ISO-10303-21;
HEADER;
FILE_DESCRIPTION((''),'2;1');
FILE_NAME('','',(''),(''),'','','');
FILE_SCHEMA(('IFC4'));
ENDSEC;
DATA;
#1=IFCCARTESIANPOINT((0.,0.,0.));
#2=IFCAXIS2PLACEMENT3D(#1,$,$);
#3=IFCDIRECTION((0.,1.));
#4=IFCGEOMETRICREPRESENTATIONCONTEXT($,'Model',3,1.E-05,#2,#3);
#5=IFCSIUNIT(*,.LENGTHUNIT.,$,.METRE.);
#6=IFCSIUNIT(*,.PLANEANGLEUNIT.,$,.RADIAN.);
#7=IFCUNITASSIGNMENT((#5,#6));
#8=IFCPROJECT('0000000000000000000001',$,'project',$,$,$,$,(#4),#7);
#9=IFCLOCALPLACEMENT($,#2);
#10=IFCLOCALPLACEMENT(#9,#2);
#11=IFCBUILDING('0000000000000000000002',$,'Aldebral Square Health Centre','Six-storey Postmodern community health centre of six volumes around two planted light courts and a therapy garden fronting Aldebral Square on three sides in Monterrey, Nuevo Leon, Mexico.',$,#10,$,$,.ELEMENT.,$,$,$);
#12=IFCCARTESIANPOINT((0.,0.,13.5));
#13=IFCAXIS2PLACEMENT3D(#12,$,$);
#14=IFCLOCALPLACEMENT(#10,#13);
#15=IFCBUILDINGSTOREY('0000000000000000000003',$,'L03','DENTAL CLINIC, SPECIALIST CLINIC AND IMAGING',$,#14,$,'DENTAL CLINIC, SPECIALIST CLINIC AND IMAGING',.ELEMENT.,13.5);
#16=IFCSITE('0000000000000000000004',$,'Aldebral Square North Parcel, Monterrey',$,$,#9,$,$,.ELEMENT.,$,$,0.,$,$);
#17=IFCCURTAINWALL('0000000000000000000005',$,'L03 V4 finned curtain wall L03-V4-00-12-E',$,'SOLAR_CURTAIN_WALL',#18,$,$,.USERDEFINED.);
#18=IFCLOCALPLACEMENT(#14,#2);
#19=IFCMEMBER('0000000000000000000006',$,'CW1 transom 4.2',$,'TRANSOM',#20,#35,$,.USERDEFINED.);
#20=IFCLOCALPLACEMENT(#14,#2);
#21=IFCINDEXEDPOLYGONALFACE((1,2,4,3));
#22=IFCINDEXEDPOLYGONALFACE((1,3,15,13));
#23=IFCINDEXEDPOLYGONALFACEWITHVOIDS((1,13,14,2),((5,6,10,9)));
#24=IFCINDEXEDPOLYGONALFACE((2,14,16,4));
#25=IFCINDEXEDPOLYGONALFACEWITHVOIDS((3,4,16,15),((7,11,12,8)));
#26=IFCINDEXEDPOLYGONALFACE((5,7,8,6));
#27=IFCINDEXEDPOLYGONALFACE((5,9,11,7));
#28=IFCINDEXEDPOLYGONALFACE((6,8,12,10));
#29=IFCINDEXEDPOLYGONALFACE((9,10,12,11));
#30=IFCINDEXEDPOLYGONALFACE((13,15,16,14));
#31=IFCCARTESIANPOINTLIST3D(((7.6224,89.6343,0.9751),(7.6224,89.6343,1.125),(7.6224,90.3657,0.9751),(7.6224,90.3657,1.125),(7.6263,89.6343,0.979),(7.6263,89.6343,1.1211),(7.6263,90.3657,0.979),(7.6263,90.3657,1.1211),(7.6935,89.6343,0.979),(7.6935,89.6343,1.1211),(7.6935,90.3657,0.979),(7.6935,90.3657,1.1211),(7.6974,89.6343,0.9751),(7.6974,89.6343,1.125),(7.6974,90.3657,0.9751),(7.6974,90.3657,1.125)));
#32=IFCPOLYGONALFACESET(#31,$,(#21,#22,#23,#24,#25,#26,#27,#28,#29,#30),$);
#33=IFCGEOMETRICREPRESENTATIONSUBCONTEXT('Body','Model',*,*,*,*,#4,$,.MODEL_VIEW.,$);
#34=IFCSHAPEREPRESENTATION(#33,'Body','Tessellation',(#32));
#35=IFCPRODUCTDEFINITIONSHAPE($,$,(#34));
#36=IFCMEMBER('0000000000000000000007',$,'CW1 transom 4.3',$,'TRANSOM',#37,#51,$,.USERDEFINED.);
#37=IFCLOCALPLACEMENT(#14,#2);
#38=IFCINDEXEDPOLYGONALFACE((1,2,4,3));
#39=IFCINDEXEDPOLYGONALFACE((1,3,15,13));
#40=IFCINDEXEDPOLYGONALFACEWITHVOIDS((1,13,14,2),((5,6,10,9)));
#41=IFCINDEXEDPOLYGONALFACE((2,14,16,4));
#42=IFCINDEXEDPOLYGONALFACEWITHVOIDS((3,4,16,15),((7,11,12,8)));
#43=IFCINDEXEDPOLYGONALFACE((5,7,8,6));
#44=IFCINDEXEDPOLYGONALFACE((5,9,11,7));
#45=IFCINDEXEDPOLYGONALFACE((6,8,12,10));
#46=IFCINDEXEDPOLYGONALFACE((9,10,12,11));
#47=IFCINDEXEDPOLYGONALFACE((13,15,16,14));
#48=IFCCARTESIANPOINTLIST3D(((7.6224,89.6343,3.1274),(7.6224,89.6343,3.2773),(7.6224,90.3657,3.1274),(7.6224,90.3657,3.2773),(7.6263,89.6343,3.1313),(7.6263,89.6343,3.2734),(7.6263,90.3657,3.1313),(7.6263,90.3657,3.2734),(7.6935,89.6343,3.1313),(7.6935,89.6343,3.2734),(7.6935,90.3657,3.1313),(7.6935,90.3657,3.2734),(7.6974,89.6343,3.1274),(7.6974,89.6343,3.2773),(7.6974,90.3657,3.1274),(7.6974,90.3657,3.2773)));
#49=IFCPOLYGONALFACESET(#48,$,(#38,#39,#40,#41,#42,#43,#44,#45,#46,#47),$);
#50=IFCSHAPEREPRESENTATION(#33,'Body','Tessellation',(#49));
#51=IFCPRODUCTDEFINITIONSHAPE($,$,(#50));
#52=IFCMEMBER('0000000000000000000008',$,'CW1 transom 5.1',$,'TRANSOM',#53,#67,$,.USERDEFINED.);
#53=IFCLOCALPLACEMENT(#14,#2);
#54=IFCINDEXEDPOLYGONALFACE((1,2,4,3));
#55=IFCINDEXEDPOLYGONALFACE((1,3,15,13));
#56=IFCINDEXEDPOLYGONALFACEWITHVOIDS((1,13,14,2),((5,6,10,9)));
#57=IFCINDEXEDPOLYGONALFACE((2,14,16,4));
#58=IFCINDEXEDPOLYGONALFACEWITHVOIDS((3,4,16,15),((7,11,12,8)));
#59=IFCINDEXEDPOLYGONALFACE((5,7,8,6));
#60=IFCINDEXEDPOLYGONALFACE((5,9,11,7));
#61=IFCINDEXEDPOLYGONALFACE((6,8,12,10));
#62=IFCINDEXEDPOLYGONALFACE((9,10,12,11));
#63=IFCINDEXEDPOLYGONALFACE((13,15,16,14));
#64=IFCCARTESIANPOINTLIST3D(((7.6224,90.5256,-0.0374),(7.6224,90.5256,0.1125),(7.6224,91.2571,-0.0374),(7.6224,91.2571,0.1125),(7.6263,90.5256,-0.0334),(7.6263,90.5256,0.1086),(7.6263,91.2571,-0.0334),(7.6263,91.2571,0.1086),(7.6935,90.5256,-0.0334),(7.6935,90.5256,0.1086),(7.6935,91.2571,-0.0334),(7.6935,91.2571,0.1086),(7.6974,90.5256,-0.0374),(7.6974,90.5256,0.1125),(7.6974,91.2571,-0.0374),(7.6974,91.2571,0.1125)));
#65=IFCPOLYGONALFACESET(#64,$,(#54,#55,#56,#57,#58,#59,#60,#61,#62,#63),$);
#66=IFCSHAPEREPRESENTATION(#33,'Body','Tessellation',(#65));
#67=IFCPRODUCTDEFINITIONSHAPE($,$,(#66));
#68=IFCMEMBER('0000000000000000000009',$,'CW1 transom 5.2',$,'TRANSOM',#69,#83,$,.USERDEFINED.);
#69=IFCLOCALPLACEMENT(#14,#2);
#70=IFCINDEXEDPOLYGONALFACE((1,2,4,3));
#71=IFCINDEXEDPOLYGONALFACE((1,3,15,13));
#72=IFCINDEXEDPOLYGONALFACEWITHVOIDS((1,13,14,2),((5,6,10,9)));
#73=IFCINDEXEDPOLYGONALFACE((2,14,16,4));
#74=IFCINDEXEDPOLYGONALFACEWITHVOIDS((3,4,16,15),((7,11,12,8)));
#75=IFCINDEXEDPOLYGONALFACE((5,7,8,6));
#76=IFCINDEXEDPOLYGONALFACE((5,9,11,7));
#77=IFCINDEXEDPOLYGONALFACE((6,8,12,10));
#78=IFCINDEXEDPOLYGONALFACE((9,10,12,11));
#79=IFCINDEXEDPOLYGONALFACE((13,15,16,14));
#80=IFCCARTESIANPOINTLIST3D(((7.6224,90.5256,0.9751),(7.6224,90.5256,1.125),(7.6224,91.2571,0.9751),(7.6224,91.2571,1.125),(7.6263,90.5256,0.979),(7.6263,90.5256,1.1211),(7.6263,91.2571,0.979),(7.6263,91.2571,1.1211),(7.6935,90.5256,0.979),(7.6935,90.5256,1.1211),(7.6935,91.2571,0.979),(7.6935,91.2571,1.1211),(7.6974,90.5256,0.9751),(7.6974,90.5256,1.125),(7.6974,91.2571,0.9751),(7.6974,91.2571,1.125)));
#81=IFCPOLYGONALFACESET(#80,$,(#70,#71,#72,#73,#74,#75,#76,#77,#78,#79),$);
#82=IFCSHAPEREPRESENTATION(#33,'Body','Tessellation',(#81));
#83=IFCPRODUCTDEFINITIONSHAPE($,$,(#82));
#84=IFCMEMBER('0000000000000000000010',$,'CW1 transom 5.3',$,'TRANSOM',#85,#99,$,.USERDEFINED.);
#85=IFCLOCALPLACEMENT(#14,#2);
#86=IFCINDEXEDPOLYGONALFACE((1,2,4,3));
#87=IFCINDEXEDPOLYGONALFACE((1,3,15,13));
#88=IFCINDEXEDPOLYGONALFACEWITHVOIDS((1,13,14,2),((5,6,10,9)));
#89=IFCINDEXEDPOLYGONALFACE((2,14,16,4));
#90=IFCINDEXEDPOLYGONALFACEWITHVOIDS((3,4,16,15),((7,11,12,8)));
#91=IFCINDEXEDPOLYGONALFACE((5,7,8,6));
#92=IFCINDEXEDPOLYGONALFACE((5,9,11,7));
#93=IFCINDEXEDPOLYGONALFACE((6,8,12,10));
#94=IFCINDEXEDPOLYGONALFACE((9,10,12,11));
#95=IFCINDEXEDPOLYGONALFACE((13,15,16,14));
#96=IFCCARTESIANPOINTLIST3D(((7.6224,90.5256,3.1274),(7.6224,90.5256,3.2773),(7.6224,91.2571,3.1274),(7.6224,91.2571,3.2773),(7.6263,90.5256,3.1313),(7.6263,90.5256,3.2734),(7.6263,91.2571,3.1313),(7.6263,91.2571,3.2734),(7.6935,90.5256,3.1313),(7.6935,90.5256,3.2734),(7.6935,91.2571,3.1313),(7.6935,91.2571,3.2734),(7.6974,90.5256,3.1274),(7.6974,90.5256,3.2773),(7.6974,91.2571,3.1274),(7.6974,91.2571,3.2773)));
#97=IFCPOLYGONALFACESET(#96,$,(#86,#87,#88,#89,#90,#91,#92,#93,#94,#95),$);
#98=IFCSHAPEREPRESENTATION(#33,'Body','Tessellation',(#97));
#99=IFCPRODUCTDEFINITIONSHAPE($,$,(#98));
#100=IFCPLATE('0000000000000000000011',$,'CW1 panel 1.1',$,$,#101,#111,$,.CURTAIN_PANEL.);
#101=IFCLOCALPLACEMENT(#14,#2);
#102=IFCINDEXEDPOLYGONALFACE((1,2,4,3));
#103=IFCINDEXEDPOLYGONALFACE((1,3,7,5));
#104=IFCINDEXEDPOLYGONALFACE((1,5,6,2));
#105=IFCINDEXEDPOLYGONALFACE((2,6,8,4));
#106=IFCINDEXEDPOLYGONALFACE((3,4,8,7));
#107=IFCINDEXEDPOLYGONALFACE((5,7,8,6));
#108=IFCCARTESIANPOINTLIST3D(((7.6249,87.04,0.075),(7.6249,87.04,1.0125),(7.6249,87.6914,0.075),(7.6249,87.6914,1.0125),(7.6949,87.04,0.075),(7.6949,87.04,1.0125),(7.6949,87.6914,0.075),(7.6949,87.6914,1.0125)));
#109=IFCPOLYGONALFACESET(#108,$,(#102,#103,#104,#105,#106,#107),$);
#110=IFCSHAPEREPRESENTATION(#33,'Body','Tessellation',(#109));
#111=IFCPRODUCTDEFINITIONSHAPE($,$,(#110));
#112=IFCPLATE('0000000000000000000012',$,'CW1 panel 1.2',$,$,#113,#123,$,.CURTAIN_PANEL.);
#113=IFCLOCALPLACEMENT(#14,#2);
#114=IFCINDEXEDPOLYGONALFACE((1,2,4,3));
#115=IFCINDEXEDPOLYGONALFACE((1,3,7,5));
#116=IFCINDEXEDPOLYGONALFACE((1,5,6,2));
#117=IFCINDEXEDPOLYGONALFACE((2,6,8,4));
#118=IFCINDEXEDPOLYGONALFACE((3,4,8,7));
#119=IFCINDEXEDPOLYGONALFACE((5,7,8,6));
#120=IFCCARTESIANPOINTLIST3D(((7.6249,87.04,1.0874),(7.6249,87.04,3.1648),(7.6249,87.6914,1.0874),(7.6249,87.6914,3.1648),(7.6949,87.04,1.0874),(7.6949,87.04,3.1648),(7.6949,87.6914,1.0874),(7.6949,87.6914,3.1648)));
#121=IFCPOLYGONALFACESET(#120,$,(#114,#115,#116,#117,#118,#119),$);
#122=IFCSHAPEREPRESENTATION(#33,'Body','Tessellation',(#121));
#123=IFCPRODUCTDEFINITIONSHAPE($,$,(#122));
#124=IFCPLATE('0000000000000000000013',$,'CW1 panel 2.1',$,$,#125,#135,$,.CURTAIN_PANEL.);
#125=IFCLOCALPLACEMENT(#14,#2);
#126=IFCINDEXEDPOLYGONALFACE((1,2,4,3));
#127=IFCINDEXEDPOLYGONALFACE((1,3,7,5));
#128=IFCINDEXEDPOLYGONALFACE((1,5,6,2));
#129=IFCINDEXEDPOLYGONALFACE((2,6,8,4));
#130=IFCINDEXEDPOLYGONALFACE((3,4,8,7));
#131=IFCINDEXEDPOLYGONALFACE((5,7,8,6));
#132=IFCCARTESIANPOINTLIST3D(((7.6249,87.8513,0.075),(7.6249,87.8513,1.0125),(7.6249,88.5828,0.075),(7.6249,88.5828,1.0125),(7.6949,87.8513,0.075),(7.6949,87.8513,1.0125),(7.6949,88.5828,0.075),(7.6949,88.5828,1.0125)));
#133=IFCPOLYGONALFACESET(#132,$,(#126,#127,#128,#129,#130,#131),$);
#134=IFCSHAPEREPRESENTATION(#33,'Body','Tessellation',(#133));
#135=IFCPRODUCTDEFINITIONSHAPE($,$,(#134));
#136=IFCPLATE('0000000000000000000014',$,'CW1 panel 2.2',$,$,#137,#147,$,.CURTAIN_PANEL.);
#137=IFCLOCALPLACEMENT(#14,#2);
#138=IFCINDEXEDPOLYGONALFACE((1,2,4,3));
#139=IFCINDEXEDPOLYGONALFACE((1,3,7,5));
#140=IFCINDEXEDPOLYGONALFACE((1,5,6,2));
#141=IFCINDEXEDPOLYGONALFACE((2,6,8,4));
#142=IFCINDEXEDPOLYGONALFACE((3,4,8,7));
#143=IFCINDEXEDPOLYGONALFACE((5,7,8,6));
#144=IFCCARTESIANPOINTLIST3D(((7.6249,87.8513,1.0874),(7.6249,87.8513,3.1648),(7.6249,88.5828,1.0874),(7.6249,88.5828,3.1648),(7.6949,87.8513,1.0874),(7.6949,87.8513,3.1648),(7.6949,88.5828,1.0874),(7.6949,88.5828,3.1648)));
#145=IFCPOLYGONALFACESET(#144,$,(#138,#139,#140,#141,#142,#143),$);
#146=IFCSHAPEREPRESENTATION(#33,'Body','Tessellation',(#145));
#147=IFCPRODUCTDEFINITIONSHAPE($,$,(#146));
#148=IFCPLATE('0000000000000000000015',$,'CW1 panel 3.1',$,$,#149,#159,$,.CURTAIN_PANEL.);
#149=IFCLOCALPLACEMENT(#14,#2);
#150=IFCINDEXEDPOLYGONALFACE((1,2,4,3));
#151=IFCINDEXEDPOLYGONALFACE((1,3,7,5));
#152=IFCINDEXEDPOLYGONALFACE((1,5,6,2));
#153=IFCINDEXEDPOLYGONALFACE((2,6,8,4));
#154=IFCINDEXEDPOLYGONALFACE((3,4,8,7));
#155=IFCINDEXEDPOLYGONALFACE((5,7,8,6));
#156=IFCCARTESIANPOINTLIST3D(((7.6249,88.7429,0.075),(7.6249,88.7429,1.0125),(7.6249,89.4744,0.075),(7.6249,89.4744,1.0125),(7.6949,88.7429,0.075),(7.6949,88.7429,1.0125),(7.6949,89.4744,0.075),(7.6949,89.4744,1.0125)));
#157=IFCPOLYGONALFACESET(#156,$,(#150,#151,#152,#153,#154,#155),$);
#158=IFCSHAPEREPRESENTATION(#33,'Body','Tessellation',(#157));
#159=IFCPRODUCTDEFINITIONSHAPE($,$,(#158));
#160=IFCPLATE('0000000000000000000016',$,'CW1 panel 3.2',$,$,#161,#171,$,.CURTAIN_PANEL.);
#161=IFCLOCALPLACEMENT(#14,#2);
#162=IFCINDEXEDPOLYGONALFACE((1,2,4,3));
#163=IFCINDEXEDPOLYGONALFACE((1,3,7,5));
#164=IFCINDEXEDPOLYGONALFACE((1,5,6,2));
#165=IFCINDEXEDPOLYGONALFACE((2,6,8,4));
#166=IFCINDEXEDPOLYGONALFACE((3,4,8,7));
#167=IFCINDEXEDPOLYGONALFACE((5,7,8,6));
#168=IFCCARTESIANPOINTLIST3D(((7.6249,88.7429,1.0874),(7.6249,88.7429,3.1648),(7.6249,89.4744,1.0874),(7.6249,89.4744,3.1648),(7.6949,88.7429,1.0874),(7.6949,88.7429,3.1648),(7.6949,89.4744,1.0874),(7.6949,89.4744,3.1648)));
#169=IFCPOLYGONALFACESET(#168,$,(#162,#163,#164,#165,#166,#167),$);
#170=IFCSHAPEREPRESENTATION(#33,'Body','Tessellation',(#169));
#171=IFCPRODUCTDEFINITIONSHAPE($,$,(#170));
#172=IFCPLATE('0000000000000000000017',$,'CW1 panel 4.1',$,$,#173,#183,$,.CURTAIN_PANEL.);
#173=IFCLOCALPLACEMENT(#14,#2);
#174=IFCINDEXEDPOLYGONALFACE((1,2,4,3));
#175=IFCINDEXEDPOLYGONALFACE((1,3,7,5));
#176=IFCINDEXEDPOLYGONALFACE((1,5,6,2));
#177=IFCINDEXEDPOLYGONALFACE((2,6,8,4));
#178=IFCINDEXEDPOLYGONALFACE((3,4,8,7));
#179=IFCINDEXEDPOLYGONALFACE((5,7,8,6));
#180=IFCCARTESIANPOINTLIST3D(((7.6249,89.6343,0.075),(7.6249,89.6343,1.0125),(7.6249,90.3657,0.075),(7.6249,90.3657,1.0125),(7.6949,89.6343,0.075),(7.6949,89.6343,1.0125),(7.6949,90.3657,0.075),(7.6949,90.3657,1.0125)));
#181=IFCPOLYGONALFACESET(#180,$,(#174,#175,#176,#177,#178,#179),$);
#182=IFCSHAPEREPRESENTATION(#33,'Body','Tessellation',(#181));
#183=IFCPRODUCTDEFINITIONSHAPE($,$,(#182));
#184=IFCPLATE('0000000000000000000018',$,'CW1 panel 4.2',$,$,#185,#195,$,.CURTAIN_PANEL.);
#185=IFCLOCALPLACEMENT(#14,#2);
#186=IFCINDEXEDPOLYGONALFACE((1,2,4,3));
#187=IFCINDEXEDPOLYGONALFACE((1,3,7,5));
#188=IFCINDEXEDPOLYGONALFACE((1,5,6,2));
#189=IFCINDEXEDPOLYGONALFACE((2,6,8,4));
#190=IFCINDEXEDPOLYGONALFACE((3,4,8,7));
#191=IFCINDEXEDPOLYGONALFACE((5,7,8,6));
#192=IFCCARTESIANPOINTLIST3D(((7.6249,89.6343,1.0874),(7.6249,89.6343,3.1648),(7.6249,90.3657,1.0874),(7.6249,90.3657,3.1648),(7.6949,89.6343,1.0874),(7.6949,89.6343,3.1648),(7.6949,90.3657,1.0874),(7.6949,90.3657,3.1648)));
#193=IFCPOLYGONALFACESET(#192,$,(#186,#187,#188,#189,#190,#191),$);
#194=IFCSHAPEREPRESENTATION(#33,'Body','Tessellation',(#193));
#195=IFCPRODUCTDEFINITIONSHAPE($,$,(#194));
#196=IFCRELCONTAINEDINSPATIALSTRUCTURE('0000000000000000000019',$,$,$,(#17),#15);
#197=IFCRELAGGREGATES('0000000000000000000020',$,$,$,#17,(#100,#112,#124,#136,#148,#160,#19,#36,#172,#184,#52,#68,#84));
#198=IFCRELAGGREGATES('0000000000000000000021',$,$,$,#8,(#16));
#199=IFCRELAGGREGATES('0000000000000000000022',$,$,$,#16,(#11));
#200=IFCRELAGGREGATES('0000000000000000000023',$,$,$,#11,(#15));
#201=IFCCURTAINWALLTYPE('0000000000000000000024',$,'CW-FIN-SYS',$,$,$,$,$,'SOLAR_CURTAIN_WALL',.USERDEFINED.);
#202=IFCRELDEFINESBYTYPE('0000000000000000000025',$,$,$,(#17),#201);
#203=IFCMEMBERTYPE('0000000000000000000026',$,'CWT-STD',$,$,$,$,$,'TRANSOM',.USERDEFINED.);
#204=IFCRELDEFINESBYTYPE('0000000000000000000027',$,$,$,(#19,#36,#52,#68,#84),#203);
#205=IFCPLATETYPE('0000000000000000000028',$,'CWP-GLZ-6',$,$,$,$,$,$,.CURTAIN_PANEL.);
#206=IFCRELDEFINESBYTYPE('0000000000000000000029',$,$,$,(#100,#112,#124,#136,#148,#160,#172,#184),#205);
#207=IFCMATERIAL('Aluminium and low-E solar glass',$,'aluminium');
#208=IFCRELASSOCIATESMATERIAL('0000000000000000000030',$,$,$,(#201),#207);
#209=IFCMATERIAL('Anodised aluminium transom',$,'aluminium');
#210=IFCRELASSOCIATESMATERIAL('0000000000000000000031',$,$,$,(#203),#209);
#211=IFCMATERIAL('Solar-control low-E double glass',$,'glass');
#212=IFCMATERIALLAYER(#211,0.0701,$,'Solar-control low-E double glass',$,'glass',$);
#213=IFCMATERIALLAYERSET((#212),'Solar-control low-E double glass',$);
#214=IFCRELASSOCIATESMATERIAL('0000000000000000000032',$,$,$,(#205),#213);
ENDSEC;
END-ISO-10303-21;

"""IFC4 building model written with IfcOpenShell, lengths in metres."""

from ifc_helpers import new_model, si_unit, direction, frame, origin, origin_2d, place, context, subcontext, project, spatial, rectangle, hollow_rectangle, extrude, material, layer, layer_set, material_profile, profile_set, type_object, element, aggregate, save


model = new_model("IFC4")

# Units and contexts
model_context = context("Model", 3, precision=1e-05, world=origin(), true_north=direction((0.0, 1.0)))
body_context = subcontext(model_context, "Body", "Model", "MODEL_VIEW")
ifc_project = project(units=[si_unit("LENGTHUNIT", "METRE"), si_unit("PLANEANGLEUNIT", "RADIAN")], contexts=[model_context])

# Site, building, storey
site_placement = place(None, origin())
site = spatial("IfcSite", under=ifc_project, at=site_placement, Name="Aldebral Square North Parcel, Monterrey", CompositionType="ELEMENT", RefElevation=0.0)
building_placement = place(site_placement, origin())
building = spatial("IfcBuilding", under=site, at=building_placement, Name="Aldebral Square Health Centre", Description="Six-storey Postmodern community health centre of six volumes around two planted light courts and a therapy garden fronting Aldebral Square on three sides in Monterrey, Nuevo Leon, Mexico.", CompositionType="ELEMENT")
storey_placement = place(building_placement, frame((0.0, 0.0, 13.5)))
storey = spatial("IfcBuildingStorey", under=building, at=storey_placement, Name="L03", Description="DENTAL CLINIC, SPECIALIST CLINIC AND IMAGING", LongName="DENTAL CLINIC, SPECIALIST CLINIC AND IMAGING", CompositionType="ELEMENT", Elevation=13.5)

# Curtain wall, members, plates
ifc_material_1 = material(Name="Aluminium and low-E solar glass", Category="aluminium")
curtain_wall_type = type_object("IfcCurtainWallType", Name="CW-FIN-SYS", ElementType="SOLAR_CURTAIN_WALL", PredefinedType="USERDEFINED", material=ifc_material_1)
curtain_wall_placement = place(storey_placement, origin())
curtain_wall = element("IfcCurtainWall", 1, at=curtain_wall_placement, inside=storey, type_object=curtain_wall_type, Name="L03 V4 finned curtain wall L03-V4-00-12-E", ObjectType="SOLAR_CURTAIN_WALL", PredefinedType="USERDEFINED")
ifc_material_2 = material(Name="Anodised aluminium transom", Category="aluminium")
ifc_material_profile_1 = material_profile(ifc_material_2, hollow_rectangle(XDim=0.075, YDim=0.1499, WallThickness=0.0039, at=origin_2d()), Name="CWT 75x150x4")
ifc_profile_set_1 = profile_set([ifc_material_profile_1], Name="Anodised aluminium transom")
member_type_1 = type_object("IfcMemberType", Name="CWT-STD", ElementType="TRANSOM", PredefinedType="USERDEFINED", material=ifc_profile_set_1)
member_1_placement = place(storey_placement, frame((7.6599, 89.6343, 1.05), z_axis=(0.0, 1.0, 0.0), x_axis=(-1.0, 0.0, 0.0)))
member_1 = element("IfcMember", 2, at=member_1_placement, type_object=member_type_1, Name="CW1 transom 4.2", ObjectType="TRANSOM", PredefinedType="USERDEFINED", context=body_context, shape_type="SweptSolid", body=[
    extrude(hollow_rectangle(XDim=0.075, YDim=0.1499, WallThickness=0.0039, at=origin_2d()), origin(), (0.0, 0.0, 1.0), 0.7314),
])
member_2_placement = place(storey_placement, frame((7.6599, 89.6343, 3.2024), z_axis=(0.0, 1.0, 0.0), x_axis=(-1.0, 0.0, 0.0)))
member_2 = element("IfcMember", 3, at=member_2_placement, type_object=member_type_1, Name="CW1 transom 4.3", ObjectType="TRANSOM", PredefinedType="USERDEFINED", context=body_context, shape_type="SweptSolid", body=[
    extrude(hollow_rectangle(XDim=0.075, YDim=0.1499, WallThickness=0.0039, at=origin_2d()), origin(), (0.0, 0.0, 1.0), 0.7314),
])
member_3_placement = place(storey_placement, frame((7.6599, 90.5256, 0.0376), z_axis=(0.0, 1.0, 0.0), x_axis=(-1.0, 0.0, 0.0)))
member_3 = element("IfcMember", 4, at=member_3_placement, type_object=member_type_1, Name="CW1 transom 5.1", ObjectType="TRANSOM", PredefinedType="USERDEFINED", context=body_context, shape_type="SweptSolid", body=[
    extrude(hollow_rectangle(XDim=0.075, YDim=0.1499, WallThickness=0.0039, at=origin_2d()), origin(), (0.0, 0.0, 1.0), 0.7314),
])
member_4_placement = place(storey_placement, frame((7.6599, 90.5256, 1.05), z_axis=(0.0, 1.0, 0.0), x_axis=(-1.0, 0.0, 0.0)))
member_4 = element("IfcMember", 5, at=member_4_placement, type_object=member_type_1, Name="CW1 transom 5.2", ObjectType="TRANSOM", PredefinedType="USERDEFINED", context=body_context, shape_type="SweptSolid", body=[
    extrude(hollow_rectangle(XDim=0.075, YDim=0.1499, WallThickness=0.0039, at=origin_2d()), origin(), (0.0, 0.0, 1.0), 0.7314),
])
member_5_placement = place(storey_placement, frame((7.6599, 90.5256, 3.2024), z_axis=(0.0, 1.0, 0.0), x_axis=(-1.0, 0.0, 0.0)))
member_5 = element("IfcMember", 6, at=member_5_placement, type_object=member_type_1, Name="CW1 transom 5.3", ObjectType="TRANSOM", PredefinedType="USERDEFINED", context=body_context, shape_type="SweptSolid", body=[
    extrude(hollow_rectangle(XDim=0.075, YDim=0.1499, WallThickness=0.0039, at=origin_2d()), origin(), (0.0, 0.0, 1.0), 0.7314),
])
ifc_material_3 = material(Name="Solar-control low-E double glass", Category="glass")
ifc_layer = layer(ifc_material_3, 0.0701, Name="Solar-control low-E double glass", Category="glass")
ifc_layer_set = layer_set([ifc_layer], Name="Solar-control low-E double glass")
plate_type = type_object("IfcPlateType", Name="CWP-GLZ-6", PredefinedType="CURTAIN_PANEL", material=ifc_layer_set)
plate_1_placement = place(storey_placement, frame((7.6599, 87.3657, 0.075), z_axis=(0.0, 0.0, 1.0), x_axis=(0.0, 1.0, 0.0)))
plate_1 = element("IfcPlate", 7, at=plate_1_placement, type_object=plate_type, Name="CW1 panel 1.1", PredefinedType="CURTAIN_PANEL", context=body_context, shape_type="SweptSolid", body=[
    extrude(rectangle(XDim=0.6514, YDim=0.0701, at=origin_2d()), origin(), (0.0, 0.0, 1.0), 0.9375),
])
plate_2_placement = place(storey_placement, frame((7.6599, 87.3657, 1.0874), z_axis=(0.0, 0.0, 1.0), x_axis=(0.0, 1.0, 0.0)))
plate_2 = element("IfcPlate", 8, at=plate_2_placement, type_object=plate_type, Name="CW1 panel 1.2", PredefinedType="CURTAIN_PANEL", context=body_context, shape_type="SweptSolid", body=[
    extrude(rectangle(XDim=0.6514, YDim=0.0701, at=origin_2d()), origin(), (0.0, 0.0, 1.0), 2.0774),
])
plate_3_placement = place(storey_placement, frame((7.6599, 88.217, 0.075), z_axis=(0.0, 0.0, 1.0), x_axis=(0.0, 1.0, 0.0)))
plate_3 = element("IfcPlate", 9, at=plate_3_placement, type_object=plate_type, Name="CW1 panel 2.1", PredefinedType="CURTAIN_PANEL", context=body_context, shape_type="SweptSolid", body=[
    extrude(rectangle(XDim=0.7314, YDim=0.0701, at=origin_2d()), origin(), (0.0, 0.0, 1.0), 0.9375),
])
plate_4_placement = place(storey_placement, frame((7.6599, 88.217, 1.0874), z_axis=(0.0, 0.0, 1.0), x_axis=(0.0, 1.0, 0.0)))
plate_4 = element("IfcPlate", 10, at=plate_4_placement, type_object=plate_type, Name="CW1 panel 2.2", PredefinedType="CURTAIN_PANEL", context=body_context, shape_type="SweptSolid", body=[
    extrude(rectangle(XDim=0.7314, YDim=0.0701, at=origin_2d()), origin(), (0.0, 0.0, 1.0), 2.0774),
])
plate_5_placement = place(storey_placement, frame((7.6599, 89.1086, 0.075), z_axis=(0.0, 0.0, 1.0), x_axis=(0.0, 1.0, 0.0)))
plate_5 = element("IfcPlate", 11, at=plate_5_placement, type_object=plate_type, Name="CW1 panel 3.1", PredefinedType="CURTAIN_PANEL", context=body_context, shape_type="SweptSolid", body=[
    extrude(rectangle(XDim=0.7314, YDim=0.0701, at=origin_2d()), origin(), (0.0, 0.0, 1.0), 0.9375),
])
plate_6_placement = place(storey_placement, frame((7.6599, 89.1086, 1.0874), z_axis=(0.0, 0.0, 1.0), x_axis=(0.0, 1.0, 0.0)))
plate_6 = element("IfcPlate", 12, at=plate_6_placement, type_object=plate_type, Name="CW1 panel 3.2", PredefinedType="CURTAIN_PANEL", context=body_context, shape_type="SweptSolid", body=[
    extrude(rectangle(XDim=0.7314, YDim=0.0701, at=origin_2d()), origin(), (0.0, 0.0, 1.0), 2.0774),
])
plate_7_placement = place(storey_placement, frame((7.6599, 90.0, 0.075), z_axis=(0.0, 0.0, 1.0), x_axis=(0.0, 1.0, 0.0)))
plate_7 = element("IfcPlate", 13, at=plate_7_placement, type_object=plate_type, Name="CW1 panel 4.1", PredefinedType="CURTAIN_PANEL", context=body_context, shape_type="SweptSolid", body=[
    extrude(rectangle(XDim=0.7314, YDim=0.0701, at=origin_2d()), origin(), (0.0, 0.0, 1.0), 0.9375),
])
plate_8_placement = place(storey_placement, frame((7.6599, 90.0, 1.0874), z_axis=(0.0, 0.0, 1.0), x_axis=(0.0, 1.0, 0.0)))
plate_8 = element("IfcPlate", 14, at=plate_8_placement, type_object=plate_type, Name="CW1 panel 4.2", PredefinedType="CURTAIN_PANEL", context=body_context, shape_type="SweptSolid", body=[
    extrude(rectangle(XDim=0.7314, YDim=0.0701, at=origin_2d()), origin(), (0.0, 0.0, 1.0), 2.0774),
])
aggregate(curtain_wall, [plate_1, plate_2, plate_3, plate_4, plate_5, plate_6, member_1, member_2, plate_7, plate_8, member_3, member_4, member_5])

save(model, "model.ifc")
